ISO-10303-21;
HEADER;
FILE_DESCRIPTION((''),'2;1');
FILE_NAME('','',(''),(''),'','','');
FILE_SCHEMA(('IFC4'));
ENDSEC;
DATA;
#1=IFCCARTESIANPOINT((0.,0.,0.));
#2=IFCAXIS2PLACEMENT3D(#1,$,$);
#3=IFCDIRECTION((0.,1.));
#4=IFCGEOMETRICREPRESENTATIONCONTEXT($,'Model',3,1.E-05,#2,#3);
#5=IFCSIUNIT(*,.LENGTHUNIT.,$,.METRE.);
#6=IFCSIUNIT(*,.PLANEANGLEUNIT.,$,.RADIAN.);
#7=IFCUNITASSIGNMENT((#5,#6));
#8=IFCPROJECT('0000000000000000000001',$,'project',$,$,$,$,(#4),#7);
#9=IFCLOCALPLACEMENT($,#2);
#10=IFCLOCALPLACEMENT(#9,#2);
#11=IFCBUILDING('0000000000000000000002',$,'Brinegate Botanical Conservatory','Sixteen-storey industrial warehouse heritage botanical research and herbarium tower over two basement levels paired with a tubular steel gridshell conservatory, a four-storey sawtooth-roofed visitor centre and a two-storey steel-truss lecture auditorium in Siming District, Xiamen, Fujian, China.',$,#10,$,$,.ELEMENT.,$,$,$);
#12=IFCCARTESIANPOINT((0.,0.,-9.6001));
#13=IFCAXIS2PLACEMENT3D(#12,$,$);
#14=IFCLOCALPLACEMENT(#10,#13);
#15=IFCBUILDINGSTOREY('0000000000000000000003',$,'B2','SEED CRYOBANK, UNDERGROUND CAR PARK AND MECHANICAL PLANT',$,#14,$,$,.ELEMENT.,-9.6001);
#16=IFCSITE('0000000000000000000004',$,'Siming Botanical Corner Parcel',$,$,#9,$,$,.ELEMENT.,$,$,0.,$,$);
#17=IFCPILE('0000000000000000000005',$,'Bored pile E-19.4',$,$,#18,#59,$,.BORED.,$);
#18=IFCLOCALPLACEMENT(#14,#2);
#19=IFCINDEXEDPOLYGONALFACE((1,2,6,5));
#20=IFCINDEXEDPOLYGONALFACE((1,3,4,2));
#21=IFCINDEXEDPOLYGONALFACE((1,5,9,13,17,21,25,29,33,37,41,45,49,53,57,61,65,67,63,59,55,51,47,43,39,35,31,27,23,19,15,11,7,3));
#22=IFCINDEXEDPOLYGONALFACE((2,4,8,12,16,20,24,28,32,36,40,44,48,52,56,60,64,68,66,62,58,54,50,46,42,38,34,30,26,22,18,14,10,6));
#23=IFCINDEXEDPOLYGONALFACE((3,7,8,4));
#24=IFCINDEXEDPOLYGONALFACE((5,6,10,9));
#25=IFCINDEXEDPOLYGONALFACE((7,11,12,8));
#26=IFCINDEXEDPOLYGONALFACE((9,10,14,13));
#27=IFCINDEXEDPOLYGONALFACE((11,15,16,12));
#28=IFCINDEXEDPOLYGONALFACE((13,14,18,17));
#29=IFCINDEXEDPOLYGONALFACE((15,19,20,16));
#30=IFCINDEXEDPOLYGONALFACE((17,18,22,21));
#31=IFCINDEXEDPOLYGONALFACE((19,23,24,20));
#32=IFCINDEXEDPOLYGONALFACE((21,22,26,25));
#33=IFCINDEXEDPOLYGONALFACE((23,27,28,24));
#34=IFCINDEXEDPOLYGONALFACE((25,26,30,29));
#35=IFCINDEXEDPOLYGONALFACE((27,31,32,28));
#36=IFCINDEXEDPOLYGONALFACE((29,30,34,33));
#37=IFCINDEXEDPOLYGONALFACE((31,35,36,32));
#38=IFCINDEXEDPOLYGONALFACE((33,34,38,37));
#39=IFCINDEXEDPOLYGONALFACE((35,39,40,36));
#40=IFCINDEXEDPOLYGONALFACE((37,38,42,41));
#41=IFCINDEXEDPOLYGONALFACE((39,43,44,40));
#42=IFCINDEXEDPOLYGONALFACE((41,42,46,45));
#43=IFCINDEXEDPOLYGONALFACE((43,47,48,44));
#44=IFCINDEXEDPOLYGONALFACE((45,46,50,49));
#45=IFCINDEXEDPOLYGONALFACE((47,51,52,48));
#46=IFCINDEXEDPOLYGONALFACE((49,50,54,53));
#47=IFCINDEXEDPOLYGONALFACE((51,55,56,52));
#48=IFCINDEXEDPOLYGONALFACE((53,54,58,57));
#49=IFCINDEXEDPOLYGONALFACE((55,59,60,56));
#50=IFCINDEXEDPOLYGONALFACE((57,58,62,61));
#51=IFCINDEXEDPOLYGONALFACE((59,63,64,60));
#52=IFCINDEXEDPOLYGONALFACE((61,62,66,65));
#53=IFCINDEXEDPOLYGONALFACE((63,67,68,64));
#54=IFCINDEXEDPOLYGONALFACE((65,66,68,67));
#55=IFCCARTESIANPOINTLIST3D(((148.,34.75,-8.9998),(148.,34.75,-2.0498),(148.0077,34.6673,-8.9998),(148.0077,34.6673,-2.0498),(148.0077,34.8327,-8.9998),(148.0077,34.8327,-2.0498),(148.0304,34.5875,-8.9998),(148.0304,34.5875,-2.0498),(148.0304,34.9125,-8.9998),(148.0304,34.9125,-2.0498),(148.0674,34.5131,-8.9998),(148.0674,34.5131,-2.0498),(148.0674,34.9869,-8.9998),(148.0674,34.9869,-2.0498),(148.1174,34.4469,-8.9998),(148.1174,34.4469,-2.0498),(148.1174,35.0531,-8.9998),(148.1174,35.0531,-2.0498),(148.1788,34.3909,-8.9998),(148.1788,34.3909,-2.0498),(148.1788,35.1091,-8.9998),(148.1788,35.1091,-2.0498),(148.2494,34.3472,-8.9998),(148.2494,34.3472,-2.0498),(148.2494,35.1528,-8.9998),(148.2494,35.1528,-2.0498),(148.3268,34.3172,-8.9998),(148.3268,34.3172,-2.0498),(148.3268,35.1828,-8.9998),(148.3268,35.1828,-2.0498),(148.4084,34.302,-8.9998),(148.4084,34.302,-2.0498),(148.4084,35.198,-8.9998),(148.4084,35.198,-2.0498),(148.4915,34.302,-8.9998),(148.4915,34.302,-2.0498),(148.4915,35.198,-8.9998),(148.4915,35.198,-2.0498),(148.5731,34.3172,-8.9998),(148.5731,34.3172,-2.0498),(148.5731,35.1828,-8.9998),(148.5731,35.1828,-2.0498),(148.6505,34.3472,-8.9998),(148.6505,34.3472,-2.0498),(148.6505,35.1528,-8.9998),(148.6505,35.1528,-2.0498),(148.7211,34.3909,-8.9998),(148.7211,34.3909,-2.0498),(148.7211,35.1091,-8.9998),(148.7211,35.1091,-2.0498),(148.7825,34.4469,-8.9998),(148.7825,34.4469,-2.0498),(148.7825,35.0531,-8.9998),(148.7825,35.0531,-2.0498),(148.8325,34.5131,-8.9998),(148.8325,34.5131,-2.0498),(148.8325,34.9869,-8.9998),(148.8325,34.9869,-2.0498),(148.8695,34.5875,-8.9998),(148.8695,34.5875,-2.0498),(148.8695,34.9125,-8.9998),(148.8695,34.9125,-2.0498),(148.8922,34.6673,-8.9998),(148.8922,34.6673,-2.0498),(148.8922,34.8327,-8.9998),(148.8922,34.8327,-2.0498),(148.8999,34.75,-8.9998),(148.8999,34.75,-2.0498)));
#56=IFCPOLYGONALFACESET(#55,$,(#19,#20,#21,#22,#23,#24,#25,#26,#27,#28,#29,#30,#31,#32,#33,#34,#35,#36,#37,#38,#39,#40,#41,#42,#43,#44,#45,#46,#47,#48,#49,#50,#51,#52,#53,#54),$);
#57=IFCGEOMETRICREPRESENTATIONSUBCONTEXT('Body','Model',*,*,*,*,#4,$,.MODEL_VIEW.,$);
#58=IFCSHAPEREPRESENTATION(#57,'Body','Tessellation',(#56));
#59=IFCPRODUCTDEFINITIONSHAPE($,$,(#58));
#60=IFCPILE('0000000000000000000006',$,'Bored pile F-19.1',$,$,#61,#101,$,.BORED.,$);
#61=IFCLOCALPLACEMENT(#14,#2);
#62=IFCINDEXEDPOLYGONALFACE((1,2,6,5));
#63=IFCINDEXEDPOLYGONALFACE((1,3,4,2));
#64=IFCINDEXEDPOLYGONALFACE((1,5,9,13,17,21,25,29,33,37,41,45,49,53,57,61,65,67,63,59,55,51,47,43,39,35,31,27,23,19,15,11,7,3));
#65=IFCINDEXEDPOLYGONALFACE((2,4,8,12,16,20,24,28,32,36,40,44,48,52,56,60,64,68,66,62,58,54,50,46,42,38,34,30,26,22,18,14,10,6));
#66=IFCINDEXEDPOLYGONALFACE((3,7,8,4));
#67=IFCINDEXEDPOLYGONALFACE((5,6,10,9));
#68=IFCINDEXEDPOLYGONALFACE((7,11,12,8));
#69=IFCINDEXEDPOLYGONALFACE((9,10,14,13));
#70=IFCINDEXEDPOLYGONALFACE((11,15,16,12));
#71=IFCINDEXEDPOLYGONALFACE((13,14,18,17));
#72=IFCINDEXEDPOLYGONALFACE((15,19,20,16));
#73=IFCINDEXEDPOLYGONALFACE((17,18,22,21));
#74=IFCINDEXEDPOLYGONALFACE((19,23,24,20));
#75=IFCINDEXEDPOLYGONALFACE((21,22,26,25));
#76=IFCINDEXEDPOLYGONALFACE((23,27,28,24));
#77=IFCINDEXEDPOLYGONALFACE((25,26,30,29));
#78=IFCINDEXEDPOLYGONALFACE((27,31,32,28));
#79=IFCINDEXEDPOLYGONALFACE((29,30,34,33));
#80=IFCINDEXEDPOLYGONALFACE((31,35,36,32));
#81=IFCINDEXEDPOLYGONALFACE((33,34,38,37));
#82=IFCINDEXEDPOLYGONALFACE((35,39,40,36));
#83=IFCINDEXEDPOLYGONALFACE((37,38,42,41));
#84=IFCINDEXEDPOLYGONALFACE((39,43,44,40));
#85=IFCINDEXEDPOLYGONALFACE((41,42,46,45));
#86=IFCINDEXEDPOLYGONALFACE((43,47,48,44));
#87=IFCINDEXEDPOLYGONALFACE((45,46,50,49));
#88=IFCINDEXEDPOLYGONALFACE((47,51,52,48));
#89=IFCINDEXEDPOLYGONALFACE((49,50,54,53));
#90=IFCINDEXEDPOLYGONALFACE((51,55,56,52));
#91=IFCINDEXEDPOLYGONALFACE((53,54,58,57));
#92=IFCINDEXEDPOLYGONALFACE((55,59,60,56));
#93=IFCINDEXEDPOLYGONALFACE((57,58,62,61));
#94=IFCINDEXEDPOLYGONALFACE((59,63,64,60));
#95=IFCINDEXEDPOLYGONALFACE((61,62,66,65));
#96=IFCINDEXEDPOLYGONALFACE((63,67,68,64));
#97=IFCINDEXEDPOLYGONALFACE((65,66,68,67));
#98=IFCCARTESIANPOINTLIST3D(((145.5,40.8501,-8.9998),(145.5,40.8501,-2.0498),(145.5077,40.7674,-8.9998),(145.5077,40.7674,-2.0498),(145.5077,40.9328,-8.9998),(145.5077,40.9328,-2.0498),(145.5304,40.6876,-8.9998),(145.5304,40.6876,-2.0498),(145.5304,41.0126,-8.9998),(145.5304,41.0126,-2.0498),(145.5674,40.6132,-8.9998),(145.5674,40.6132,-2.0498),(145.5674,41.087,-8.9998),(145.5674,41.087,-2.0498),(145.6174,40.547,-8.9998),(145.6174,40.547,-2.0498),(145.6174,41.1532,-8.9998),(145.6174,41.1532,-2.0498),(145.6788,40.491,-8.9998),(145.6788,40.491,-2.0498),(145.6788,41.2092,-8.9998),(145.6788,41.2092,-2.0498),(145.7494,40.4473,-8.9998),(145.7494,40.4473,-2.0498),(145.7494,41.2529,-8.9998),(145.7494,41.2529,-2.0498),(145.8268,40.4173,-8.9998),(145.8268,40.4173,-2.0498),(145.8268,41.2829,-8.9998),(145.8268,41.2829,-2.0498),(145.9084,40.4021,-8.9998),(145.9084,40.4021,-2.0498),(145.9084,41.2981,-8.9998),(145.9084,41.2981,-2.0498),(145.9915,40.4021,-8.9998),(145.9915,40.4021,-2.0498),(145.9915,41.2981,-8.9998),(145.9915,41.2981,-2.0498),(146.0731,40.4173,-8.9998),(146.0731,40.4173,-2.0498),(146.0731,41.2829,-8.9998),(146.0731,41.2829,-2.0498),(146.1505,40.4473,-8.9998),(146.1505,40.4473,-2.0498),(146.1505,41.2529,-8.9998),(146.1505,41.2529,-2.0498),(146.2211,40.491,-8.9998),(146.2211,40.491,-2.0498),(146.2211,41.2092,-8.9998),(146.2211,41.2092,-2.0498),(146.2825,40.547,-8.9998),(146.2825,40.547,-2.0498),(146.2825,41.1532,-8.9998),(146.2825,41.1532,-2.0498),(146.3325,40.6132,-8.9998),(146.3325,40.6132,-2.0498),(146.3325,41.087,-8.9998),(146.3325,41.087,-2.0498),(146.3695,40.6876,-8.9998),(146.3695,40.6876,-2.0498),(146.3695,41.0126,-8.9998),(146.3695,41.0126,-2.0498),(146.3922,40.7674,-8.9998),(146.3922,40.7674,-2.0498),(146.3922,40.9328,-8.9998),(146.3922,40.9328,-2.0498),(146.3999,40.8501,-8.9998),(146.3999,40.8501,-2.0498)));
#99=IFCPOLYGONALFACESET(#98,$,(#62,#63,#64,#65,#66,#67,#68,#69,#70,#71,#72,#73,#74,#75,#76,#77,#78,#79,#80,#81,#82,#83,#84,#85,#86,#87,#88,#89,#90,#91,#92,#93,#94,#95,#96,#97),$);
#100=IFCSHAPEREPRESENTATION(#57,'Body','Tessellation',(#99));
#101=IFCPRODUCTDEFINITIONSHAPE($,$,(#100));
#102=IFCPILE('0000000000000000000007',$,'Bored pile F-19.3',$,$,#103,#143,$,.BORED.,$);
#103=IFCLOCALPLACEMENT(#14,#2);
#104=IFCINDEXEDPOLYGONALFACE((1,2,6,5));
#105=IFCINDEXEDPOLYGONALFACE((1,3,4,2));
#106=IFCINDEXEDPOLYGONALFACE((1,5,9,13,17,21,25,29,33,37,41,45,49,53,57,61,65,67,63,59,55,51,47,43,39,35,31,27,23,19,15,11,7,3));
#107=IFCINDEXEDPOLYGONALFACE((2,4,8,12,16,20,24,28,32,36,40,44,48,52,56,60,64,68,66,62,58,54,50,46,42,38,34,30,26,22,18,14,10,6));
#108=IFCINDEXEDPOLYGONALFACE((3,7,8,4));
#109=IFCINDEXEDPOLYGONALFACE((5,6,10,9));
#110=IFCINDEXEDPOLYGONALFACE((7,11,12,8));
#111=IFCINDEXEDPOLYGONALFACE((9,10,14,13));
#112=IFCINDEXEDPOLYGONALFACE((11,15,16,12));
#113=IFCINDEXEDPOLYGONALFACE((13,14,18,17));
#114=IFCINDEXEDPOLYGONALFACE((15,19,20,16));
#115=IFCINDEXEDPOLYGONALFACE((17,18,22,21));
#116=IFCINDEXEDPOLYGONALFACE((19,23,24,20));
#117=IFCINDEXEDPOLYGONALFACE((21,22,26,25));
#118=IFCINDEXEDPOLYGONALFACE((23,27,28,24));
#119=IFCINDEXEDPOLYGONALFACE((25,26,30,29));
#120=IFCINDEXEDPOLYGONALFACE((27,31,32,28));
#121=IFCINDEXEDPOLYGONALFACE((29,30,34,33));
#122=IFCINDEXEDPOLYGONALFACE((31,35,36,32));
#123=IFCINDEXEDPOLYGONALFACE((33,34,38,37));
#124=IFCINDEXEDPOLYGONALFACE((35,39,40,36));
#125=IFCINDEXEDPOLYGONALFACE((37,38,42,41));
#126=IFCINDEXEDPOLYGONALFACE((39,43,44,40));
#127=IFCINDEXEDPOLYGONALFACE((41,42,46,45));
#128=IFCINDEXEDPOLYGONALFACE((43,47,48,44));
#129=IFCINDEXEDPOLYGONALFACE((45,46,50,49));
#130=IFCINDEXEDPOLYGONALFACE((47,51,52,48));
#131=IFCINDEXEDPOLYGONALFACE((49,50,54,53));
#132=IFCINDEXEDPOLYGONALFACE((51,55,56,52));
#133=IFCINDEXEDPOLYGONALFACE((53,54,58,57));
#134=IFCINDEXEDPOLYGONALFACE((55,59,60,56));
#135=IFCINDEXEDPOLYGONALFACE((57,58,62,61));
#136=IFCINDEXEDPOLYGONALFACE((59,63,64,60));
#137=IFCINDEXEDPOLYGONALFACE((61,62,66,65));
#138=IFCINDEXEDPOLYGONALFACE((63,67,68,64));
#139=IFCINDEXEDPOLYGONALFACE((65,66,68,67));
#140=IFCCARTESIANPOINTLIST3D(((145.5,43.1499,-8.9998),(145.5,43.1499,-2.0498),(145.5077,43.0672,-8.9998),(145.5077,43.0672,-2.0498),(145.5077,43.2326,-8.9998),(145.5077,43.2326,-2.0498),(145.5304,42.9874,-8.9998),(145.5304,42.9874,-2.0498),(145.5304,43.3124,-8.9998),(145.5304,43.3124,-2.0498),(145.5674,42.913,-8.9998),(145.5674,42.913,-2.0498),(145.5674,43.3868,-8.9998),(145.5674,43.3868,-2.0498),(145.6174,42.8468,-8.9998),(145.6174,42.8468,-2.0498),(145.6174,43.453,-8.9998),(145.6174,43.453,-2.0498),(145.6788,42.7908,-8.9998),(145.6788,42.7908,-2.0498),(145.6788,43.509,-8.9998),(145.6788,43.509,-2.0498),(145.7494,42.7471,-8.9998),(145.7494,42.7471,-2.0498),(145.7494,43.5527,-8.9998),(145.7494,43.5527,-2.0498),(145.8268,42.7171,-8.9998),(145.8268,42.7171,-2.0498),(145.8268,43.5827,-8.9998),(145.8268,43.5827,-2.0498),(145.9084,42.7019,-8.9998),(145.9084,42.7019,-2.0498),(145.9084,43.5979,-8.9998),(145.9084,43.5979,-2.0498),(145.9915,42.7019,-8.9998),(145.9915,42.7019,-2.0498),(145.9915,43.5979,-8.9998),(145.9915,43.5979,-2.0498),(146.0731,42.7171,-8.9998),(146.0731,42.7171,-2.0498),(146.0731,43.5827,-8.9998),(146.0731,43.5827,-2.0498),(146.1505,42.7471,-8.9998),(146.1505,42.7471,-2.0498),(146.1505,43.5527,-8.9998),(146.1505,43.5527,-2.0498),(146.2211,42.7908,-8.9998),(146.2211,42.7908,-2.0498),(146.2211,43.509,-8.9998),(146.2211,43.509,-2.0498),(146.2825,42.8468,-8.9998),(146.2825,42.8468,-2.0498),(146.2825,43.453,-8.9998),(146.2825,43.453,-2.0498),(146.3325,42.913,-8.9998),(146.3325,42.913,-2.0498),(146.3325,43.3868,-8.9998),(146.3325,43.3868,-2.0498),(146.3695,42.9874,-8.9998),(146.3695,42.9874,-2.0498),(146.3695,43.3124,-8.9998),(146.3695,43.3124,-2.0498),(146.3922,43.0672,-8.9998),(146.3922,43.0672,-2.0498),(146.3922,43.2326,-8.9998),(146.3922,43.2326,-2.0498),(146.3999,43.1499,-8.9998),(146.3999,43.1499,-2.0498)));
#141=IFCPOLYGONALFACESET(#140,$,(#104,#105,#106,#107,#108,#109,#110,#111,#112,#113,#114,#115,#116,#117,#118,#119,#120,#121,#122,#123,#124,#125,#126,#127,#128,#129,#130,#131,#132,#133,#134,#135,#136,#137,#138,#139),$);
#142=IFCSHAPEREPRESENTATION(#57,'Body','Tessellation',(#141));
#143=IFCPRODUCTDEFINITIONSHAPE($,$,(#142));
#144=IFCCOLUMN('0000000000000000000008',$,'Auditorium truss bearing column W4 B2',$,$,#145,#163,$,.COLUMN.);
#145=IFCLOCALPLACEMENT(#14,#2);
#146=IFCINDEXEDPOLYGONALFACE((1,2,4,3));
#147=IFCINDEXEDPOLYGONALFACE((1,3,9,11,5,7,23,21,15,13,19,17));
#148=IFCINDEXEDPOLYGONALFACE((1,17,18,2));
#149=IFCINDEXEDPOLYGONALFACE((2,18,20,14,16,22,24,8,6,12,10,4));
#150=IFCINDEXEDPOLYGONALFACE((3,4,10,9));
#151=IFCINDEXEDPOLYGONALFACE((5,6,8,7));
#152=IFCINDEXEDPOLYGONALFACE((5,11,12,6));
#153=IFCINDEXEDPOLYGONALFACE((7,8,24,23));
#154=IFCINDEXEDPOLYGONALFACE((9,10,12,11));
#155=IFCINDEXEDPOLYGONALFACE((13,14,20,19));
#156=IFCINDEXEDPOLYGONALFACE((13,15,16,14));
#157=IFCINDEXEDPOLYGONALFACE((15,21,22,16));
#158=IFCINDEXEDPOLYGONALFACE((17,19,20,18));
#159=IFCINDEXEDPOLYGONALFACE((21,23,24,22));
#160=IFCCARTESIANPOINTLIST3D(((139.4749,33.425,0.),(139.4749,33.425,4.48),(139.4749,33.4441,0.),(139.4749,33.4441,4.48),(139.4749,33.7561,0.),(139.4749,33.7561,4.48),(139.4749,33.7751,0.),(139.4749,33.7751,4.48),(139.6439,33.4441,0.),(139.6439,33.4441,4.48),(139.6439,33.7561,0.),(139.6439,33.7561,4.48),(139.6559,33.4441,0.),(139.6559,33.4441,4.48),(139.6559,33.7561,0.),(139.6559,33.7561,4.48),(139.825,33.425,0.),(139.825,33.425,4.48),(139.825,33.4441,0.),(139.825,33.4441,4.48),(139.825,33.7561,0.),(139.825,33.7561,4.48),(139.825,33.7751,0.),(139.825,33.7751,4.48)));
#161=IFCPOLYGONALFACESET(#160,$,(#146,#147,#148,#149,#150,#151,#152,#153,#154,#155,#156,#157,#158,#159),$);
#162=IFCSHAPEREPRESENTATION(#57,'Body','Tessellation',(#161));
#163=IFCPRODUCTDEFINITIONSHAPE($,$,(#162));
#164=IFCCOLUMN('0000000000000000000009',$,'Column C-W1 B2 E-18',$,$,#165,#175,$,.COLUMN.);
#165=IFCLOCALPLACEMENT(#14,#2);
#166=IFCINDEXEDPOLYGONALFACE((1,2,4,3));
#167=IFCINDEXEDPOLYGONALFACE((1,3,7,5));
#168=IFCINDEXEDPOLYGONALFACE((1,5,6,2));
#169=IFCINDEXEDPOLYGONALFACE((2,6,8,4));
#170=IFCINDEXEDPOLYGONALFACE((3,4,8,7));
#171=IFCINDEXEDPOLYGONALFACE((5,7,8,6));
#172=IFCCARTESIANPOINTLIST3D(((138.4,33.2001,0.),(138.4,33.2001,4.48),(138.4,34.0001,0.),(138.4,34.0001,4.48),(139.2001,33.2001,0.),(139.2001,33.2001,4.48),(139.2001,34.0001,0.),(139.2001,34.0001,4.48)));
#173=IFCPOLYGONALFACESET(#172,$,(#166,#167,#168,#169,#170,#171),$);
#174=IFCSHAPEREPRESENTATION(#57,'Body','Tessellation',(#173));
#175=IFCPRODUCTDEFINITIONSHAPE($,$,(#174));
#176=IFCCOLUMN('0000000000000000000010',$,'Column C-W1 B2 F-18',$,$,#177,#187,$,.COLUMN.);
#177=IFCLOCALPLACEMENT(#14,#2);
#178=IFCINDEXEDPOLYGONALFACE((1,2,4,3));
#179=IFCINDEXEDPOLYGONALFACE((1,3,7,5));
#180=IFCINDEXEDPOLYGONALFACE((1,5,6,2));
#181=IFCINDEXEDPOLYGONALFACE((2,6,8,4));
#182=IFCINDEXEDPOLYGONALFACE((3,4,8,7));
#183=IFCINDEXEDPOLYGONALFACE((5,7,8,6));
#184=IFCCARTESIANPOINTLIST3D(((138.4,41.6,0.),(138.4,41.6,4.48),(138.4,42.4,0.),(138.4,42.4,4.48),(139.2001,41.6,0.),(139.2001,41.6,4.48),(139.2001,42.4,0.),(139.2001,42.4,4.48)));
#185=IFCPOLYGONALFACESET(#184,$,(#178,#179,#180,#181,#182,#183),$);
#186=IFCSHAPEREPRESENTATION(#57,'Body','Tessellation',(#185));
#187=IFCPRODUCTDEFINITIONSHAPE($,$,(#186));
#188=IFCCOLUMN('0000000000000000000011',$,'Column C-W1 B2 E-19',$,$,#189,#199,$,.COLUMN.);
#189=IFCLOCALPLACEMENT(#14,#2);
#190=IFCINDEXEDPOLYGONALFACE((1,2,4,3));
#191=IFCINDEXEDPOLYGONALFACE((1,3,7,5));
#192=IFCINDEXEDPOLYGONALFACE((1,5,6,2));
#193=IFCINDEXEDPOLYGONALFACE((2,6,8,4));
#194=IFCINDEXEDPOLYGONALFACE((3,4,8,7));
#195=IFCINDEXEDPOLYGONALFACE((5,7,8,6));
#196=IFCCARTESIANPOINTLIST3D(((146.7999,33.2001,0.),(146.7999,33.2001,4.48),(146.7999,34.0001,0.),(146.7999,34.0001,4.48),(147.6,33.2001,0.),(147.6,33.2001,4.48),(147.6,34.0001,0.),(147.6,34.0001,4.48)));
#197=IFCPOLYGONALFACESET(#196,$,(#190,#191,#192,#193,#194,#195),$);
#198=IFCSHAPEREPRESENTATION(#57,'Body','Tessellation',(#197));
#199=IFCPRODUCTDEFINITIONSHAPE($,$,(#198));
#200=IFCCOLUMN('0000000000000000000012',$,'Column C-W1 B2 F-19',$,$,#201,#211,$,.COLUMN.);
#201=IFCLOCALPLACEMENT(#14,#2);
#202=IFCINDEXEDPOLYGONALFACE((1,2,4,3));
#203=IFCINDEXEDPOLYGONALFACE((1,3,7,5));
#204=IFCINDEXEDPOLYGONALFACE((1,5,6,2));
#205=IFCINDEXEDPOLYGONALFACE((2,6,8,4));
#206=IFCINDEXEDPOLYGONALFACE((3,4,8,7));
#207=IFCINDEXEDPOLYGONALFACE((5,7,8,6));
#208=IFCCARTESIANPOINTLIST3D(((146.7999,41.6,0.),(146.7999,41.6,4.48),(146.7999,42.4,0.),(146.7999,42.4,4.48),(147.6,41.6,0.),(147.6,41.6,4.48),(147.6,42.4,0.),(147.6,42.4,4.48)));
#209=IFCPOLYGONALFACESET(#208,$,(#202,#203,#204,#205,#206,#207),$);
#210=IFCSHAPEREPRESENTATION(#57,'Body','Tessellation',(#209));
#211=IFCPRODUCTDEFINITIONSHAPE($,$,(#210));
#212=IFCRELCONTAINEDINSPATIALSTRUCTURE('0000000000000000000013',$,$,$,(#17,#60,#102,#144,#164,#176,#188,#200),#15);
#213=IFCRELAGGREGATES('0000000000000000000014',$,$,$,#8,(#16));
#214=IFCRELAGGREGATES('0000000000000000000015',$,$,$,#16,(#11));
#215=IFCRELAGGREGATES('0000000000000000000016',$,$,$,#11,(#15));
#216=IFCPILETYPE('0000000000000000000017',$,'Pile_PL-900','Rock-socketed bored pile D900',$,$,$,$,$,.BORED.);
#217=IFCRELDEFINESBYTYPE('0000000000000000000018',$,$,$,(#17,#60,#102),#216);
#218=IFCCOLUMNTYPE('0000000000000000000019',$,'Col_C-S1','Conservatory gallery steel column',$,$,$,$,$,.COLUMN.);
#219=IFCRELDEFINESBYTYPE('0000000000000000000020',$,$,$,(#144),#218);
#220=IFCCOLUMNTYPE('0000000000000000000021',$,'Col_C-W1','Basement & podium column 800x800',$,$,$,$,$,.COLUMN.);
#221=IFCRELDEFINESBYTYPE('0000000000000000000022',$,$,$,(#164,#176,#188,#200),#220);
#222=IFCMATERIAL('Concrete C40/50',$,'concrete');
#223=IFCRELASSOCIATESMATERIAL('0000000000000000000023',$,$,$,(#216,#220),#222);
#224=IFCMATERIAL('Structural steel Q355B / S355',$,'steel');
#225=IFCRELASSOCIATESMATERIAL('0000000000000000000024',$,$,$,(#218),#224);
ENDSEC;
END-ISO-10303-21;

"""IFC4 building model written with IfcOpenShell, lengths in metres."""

from ifc_helpers import new_model, si_unit, direction, frame, origin, origin_2d, place, context, subcontext, project, spatial, rectangle, circle, i_section, extrude, material, material_profile, profile_set, type_object, element, save


model = new_model("IFC4")

# Units and contexts
model_context = context("Model", 3, precision=1e-05, world=origin(), true_north=direction((0.0, 1.0)))
body_context = subcontext(model_context, "Body", "Model", "MODEL_VIEW")
ifc_project = project(units=[si_unit("LENGTHUNIT", "METRE"), si_unit("PLANEANGLEUNIT", "RADIAN")], contexts=[model_context])

# Site, building, storey
site_placement = place(None, origin())
site = spatial("IfcSite", under=ifc_project, at=site_placement, Name="Siming Botanical Corner Parcel", CompositionType="ELEMENT", RefElevation=0.0)
building_placement = place(site_placement, origin())
building = spatial("IfcBuilding", under=site, at=building_placement, Name="Brinegate Botanical Conservatory", Description="Sixteen-storey industrial warehouse heritage botanical research and herbarium tower over two basement levels paired with a tubular steel gridshell conservatory, a four-storey sawtooth-roofed visitor centre and a two-storey steel-truss lecture auditorium in Siming District, Xiamen, Fujian, China.", CompositionType="ELEMENT")
storey_placement = place(building_placement, frame((0.0, 0.0, -9.6001)))
storey = spatial("IfcBuildingStorey", under=building, at=storey_placement, Name="B2", Description="SEED CRYOBANK, UNDERGROUND CAR PARK AND MECHANICAL PLANT", CompositionType="ELEMENT", Elevation=-9.6001)

# Shared definitions
ifc_material_1 = material(Name="Concrete C40/50", Category="concrete")

# Piles
ifc_material_profile_1 = material_profile(ifc_material_1, circle(Radius=0.45, at=origin_2d()), Name="PILE D900")
ifc_profile_set_1 = profile_set([ifc_material_profile_1], Name="Concrete C40/50")
pile_type = type_object("IfcPileType", Name="Pile_PL-900", Description="Rock-socketed bored pile D900", PredefinedType="BORED", material=ifc_profile_set_1)
for number, where, z_axis, x_axis, name in (
    (1, (148.45, 34.75, -2.0498), (0.0, 0.0, -1.0), (1.0, 0.0, 0.0), "Bored pile E-19.4"),
    (2, (145.95, 40.8501, -2.0498), (0.0, 0.0, -1.0), (1.0, 0.0, 0.0), "Bored pile F-19.1"),
    (3, (145.95, 43.1499, -2.0498), (0.0, 0.0, -1.0), (1.0, 0.0, 0.0), "Bored pile F-19.3"),
):
    element("IfcPile", number, at=place(storey_placement, frame(where, z_axis=z_axis, x_axis=x_axis)), inside=storey, type_object=pile_type, Name=name, PredefinedType="BORED", context=body_context, shape_type="SweptSolid", body=[
        extrude(circle(Radius=0.45, at=origin_2d()), origin(), (0.0, 0.0, 1.0), 6.95),
    ])

# Columns
ifc_material_2 = material(Name="Structural steel Q355B / S355", Category="steel")
ifc_material_profile_2 = material_profile(ifc_material_2, i_section(OverallWidth=0.3501, OverallDepth=0.3501, WebThickness=0.012, FlangeThickness=0.019, at=origin_2d()), Name="HW 350x350x12x19")
ifc_profile_set_2 = profile_set([ifc_material_profile_2], Name="Structural steel Q355B / S355")
column_type_1 = type_object("IfcColumnType", Name="Col_C-S1", Description="Conservatory gallery steel column", PredefinedType="COLUMN", material=ifc_profile_set_2)
column_placement = place(storey_placement, frame((139.6499, 33.6001, 0.0), z_axis=(0.0, 0.0, 1.0), x_axis=(1.0, 0.0, 0.0)))
element("IfcColumn", 4, at=column_placement, inside=storey, type_object=column_type_1, Name="Auditorium truss bearing column W4 B2", PredefinedType="COLUMN", context=body_context, shape_type="SweptSolid", body=[
    extrude(i_section(OverallWidth=0.3501, OverallDepth=0.3501, WebThickness=0.012, FlangeThickness=0.019, at=origin_2d()), origin(), (0.0, 0.0, 1.0), 4.48),
])
ifc_material_profile_3 = material_profile(ifc_material_1, rectangle(XDim=0.8, YDim=0.8, at=origin_2d()), Name="RC COL 800x800")
ifc_profile_set_3 = profile_set([ifc_material_profile_3], Name="Concrete C40/50")
column_type_2 = type_object("IfcColumnType", Name="Col_C-W1", Description="Basement & podium column 800x800", PredefinedType="COLUMN", material=ifc_profile_set_3)
for number, where, z_axis, x_axis, name in (
    (5, (138.8, 33.6001, 0.0), (0.0, 0.0, 1.0), (1.0, 0.0, 0.0), "Column C-W1 B2 E-18"),
    (6, (138.8, 42.0, 0.0), (0.0, 0.0, 1.0), (1.0, 0.0, 0.0), "Column C-W1 B2 F-18"),
    (7, (147.2, 33.6001, 0.0), (0.0, 0.0, 1.0), (1.0, 0.0, 0.0), "Column C-W1 B2 E-19"),
    (8, (147.2, 42.0, 0.0), (0.0, 0.0, 1.0), (1.0, 0.0, 0.0), "Column C-W1 B2 F-19"),
):
    element("IfcColumn", number, at=place(storey_placement, frame(where, z_axis=z_axis, x_axis=x_axis)), inside=storey, type_object=column_type_2, Name=name, PredefinedType="COLUMN", context=body_context, shape_type="SweptSolid", body=[
        extrude(rectangle(XDim=0.8, YDim=0.8, at=origin_2d()), origin(), (0.0, 0.0, 1.0), 4.48),
    ])

save(model, "model.ifc")
